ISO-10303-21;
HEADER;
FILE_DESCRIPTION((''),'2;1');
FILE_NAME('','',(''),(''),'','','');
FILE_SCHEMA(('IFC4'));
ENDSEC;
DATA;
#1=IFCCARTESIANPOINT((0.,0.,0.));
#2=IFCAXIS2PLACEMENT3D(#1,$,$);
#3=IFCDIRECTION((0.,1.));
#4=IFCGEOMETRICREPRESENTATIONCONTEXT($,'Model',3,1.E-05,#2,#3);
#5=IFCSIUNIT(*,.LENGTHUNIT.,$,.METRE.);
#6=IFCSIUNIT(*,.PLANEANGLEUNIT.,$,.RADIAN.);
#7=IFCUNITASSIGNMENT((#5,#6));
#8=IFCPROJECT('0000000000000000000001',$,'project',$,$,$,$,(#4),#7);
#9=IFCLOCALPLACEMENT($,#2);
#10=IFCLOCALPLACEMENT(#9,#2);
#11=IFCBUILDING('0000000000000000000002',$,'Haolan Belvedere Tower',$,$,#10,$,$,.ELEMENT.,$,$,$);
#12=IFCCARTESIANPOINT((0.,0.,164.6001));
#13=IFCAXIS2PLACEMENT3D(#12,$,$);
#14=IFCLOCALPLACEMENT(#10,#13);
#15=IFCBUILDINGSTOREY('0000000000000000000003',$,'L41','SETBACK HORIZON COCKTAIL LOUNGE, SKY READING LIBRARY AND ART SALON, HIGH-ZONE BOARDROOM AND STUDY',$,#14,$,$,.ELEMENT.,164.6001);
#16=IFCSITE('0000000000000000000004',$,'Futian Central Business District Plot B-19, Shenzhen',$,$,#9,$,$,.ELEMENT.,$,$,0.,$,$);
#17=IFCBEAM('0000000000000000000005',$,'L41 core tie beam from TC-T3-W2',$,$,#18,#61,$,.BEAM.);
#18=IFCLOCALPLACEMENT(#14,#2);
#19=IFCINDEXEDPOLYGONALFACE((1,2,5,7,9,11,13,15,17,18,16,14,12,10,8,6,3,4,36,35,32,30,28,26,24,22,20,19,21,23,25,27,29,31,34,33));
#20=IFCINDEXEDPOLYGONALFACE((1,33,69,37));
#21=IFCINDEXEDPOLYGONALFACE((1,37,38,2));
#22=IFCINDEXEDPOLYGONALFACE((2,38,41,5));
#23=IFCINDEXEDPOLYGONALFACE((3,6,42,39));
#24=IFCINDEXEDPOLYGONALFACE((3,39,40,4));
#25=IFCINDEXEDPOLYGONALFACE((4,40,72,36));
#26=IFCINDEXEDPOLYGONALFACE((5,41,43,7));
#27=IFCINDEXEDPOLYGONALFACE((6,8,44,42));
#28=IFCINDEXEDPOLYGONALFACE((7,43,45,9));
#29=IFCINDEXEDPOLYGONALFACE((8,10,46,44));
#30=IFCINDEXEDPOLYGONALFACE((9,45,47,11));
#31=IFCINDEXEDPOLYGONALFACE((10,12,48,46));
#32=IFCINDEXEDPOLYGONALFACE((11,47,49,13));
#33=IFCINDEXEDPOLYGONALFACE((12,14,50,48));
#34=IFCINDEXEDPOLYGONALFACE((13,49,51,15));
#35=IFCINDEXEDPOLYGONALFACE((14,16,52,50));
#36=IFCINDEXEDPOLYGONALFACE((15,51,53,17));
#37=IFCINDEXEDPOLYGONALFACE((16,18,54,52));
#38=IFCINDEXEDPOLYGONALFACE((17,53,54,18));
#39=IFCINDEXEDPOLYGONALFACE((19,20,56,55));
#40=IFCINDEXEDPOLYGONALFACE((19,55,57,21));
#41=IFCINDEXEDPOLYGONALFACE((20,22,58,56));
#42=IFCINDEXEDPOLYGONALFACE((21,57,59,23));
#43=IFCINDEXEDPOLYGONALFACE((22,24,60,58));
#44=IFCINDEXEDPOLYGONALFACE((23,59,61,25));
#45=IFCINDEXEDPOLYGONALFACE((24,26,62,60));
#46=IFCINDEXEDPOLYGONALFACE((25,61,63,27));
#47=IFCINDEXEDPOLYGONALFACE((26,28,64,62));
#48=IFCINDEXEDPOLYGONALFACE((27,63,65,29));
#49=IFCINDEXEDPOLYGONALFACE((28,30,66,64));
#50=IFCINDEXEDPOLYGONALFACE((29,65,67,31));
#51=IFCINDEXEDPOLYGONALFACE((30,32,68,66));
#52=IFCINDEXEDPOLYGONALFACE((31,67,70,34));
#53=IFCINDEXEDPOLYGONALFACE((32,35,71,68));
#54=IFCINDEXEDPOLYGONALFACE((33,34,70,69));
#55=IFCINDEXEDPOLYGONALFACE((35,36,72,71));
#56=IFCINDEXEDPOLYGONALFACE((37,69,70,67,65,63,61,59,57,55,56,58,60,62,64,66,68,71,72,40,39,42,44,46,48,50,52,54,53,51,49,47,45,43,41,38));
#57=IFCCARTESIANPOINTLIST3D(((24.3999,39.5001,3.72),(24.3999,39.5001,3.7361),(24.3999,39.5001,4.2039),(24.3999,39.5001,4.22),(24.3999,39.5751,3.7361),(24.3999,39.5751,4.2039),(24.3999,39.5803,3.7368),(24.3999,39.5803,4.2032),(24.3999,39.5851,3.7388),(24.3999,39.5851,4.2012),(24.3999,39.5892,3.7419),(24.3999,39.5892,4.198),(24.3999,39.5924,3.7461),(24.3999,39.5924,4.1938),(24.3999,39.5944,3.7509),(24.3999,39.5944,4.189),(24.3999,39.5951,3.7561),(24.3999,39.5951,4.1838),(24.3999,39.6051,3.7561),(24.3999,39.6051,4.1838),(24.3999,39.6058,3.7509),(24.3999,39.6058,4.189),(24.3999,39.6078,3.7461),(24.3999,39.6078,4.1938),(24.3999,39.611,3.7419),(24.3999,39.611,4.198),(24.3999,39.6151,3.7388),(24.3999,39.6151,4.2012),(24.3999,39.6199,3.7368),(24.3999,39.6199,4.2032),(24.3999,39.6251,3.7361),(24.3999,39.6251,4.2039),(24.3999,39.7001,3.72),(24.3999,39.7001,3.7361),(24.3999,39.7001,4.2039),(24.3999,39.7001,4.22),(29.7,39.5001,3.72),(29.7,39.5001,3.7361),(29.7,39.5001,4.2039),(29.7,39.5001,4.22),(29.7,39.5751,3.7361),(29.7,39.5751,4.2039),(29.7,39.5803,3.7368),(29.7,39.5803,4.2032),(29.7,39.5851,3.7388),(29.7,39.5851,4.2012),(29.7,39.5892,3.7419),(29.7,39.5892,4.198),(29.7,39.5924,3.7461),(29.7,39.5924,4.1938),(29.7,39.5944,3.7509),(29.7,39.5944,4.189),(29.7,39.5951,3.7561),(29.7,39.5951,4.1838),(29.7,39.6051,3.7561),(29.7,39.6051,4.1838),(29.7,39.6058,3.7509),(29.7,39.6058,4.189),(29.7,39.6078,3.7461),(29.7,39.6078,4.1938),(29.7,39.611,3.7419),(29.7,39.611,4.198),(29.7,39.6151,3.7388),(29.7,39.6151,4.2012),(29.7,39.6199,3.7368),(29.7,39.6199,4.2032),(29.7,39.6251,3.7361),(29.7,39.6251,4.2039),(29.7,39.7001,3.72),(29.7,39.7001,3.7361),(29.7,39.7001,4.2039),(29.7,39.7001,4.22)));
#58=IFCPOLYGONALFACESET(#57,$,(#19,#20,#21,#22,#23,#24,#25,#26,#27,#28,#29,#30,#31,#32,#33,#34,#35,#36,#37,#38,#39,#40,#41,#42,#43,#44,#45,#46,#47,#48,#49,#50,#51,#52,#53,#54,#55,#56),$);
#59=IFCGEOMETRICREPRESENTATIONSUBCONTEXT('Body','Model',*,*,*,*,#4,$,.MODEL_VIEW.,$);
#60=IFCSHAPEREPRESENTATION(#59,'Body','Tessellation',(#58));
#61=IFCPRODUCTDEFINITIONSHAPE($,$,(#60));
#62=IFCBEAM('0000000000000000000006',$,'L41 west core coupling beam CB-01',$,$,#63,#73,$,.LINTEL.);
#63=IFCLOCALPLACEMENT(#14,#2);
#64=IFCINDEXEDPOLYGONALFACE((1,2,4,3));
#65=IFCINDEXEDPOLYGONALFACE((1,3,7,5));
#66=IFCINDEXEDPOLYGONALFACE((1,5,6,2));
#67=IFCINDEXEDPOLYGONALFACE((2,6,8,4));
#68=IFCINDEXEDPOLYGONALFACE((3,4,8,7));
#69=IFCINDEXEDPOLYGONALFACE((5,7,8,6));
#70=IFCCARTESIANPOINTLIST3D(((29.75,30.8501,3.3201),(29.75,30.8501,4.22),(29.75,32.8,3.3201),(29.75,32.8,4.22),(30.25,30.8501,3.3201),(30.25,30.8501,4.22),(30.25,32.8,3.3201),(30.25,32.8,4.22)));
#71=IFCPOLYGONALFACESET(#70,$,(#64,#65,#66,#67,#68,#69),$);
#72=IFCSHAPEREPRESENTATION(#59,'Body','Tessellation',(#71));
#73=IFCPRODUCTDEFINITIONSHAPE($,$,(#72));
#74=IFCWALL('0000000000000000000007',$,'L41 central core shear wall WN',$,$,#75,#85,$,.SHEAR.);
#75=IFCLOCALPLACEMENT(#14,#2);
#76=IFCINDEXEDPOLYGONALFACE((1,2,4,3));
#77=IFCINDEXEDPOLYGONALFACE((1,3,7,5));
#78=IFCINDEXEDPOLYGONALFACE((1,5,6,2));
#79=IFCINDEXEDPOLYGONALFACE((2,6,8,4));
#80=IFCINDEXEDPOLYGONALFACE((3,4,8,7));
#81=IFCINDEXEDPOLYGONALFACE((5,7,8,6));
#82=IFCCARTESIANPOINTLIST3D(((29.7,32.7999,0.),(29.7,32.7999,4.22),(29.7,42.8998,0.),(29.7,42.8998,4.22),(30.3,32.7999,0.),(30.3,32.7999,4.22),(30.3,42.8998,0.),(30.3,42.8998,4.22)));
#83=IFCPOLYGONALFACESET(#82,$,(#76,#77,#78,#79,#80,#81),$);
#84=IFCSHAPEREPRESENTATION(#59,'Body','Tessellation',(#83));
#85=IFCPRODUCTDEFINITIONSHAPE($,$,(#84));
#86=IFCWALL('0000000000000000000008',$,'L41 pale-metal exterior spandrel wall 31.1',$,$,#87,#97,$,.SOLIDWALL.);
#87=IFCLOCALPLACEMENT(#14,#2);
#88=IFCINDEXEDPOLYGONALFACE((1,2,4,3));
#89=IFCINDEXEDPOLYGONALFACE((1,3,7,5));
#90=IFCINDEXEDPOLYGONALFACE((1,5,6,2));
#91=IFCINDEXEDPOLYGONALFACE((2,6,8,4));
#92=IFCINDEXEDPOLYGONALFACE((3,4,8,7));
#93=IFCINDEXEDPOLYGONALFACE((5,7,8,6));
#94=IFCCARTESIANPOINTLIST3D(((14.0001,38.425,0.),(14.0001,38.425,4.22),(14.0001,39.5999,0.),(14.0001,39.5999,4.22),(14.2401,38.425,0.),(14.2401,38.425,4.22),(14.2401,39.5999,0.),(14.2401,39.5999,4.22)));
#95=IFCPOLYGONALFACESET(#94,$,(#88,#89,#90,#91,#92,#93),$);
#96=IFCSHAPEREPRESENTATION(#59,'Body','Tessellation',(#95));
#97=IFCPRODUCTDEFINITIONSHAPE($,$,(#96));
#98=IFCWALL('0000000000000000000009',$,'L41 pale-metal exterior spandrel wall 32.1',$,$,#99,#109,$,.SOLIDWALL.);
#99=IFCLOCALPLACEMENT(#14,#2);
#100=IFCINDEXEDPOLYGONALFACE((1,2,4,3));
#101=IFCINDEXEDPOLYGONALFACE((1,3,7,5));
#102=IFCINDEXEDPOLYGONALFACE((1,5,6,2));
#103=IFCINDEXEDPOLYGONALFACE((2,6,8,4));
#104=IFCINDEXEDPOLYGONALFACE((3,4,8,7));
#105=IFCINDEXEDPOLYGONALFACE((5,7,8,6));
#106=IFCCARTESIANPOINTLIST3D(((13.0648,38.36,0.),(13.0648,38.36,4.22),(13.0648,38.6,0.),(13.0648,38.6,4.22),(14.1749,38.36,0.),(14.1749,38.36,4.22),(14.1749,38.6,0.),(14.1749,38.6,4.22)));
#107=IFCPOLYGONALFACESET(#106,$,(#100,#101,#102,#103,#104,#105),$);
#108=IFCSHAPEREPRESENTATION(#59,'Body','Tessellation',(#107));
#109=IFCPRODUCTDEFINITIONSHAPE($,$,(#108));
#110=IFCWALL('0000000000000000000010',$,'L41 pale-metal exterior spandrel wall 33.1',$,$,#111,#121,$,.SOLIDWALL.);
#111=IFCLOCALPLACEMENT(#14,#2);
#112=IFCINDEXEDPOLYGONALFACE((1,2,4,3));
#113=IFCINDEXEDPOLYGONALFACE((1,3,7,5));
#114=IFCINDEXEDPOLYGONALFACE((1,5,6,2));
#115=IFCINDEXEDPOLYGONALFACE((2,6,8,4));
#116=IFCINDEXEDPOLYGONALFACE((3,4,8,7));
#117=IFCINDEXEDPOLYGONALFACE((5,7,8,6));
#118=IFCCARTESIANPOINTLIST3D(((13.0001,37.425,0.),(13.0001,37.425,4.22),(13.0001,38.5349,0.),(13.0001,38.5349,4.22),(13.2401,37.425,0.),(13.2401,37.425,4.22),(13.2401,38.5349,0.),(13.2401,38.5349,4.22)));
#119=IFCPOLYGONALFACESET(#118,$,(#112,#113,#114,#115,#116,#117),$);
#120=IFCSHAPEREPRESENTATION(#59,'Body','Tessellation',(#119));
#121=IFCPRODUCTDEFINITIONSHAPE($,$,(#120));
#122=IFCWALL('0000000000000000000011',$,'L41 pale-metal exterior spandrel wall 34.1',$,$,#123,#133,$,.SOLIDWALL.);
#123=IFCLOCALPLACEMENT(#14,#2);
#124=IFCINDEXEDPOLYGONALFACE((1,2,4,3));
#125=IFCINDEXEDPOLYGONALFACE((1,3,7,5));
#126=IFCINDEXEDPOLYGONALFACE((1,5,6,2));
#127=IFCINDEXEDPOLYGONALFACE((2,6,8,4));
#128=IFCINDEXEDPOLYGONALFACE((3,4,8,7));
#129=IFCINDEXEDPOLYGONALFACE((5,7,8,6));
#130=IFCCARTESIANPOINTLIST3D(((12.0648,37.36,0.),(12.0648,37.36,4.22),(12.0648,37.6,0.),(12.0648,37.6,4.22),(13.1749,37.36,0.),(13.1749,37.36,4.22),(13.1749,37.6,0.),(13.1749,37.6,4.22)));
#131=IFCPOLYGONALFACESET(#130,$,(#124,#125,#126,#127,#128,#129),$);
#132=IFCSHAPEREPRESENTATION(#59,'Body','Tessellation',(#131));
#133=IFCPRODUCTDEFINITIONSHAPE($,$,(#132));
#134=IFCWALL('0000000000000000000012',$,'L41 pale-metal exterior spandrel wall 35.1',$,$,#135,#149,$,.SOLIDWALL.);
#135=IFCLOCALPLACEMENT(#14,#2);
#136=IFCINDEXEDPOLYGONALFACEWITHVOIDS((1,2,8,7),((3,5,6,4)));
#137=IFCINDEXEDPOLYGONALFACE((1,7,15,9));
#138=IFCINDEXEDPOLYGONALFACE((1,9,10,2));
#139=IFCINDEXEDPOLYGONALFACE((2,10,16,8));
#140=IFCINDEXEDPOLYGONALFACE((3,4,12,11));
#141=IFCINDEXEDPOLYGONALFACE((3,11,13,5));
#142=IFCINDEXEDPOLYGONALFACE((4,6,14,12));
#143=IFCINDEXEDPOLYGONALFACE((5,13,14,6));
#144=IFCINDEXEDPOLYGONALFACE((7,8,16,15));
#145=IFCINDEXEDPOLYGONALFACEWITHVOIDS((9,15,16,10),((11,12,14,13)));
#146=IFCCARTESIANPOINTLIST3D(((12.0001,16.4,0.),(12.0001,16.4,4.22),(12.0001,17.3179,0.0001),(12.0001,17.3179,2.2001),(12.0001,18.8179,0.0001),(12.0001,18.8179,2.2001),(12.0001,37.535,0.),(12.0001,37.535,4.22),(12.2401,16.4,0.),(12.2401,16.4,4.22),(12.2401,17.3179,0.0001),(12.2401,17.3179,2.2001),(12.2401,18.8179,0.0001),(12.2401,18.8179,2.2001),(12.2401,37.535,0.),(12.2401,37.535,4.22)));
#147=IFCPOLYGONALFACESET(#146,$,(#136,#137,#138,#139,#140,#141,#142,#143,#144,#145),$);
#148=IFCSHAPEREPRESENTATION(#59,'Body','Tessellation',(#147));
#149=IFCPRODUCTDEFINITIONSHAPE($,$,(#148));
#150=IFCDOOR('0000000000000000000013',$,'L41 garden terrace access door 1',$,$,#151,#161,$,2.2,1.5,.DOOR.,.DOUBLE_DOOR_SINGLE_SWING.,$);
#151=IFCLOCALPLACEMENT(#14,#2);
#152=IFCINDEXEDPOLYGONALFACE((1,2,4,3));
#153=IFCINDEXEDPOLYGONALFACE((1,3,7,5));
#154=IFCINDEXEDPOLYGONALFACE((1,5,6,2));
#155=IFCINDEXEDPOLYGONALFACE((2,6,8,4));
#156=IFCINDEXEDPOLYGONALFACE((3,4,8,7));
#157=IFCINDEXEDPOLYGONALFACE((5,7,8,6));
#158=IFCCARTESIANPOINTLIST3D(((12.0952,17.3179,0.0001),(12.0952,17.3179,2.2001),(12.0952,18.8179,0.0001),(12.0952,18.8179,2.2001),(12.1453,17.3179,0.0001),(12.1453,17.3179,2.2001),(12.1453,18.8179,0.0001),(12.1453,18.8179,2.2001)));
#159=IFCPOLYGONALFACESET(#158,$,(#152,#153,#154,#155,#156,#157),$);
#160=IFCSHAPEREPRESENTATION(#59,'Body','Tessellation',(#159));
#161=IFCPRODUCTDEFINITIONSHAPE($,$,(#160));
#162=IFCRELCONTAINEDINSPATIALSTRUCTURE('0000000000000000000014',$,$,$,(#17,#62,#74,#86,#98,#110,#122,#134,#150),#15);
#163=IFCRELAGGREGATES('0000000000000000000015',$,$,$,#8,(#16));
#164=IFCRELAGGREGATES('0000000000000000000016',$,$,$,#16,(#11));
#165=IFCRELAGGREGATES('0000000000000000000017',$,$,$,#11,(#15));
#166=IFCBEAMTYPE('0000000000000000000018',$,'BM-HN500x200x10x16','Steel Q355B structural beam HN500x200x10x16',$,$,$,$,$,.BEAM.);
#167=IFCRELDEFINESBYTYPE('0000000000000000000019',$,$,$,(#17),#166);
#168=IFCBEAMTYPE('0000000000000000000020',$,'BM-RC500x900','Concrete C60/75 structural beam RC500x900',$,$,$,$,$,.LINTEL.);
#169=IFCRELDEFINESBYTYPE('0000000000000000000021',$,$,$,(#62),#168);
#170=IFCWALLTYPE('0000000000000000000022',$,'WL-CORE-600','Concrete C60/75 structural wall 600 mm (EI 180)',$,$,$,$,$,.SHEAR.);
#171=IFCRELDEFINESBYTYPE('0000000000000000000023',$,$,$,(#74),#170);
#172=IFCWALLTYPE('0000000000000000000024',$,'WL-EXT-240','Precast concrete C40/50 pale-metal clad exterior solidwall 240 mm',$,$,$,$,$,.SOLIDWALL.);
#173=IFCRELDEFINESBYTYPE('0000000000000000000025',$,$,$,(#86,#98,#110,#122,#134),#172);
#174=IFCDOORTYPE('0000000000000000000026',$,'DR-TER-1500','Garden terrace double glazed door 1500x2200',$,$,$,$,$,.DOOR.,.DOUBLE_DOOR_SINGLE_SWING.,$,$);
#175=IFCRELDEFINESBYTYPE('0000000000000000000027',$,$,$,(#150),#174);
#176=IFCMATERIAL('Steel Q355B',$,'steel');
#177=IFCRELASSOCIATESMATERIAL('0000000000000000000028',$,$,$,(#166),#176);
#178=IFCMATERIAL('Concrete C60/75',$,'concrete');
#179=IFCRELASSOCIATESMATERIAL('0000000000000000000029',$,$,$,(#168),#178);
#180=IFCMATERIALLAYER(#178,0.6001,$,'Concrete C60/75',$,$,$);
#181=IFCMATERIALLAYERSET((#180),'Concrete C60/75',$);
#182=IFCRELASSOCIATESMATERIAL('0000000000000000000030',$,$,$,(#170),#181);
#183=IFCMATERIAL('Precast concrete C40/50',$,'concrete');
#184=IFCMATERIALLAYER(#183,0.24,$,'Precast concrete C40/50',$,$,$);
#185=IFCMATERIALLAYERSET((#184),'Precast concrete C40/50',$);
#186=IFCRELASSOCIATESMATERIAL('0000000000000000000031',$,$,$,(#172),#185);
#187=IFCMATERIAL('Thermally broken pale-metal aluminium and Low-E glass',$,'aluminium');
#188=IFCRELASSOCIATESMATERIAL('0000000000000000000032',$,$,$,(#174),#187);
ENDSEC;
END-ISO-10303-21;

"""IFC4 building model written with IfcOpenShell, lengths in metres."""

from ifc_helpers import new_model, si_unit, direction, frame, frame_2d, origin, origin_2d, place, context, subcontext, project, spatial, rectangle, i_section, extrude, material, layer, layer_set, material_profile, profile_set, type_object, element, fill, save


model = new_model("IFC4")

# Units and contexts
model_context = context("Model", 3, precision=1e-05, world=origin(), true_north=direction((0.0, 1.0)))
body_context = subcontext(model_context, "Body", "Model", "MODEL_VIEW")
ifc_project = project(units=[si_unit("LENGTHUNIT", "METRE"), si_unit("PLANEANGLEUNIT", "RADIAN")], contexts=[model_context])

# Site, building, storey
site_placement = place(None, origin())
site = spatial("IfcSite", under=ifc_project, at=site_placement, Name="Futian Central Business District Plot B-19, Shenzhen", CompositionType="ELEMENT", RefElevation=0.0)
building_placement = place(site_placement, origin())
building = spatial("IfcBuilding", under=site, at=building_placement, Name="Haolan Belvedere Tower", CompositionType="ELEMENT")
storey_placement = place(building_placement, frame((0.0, 0.0, 164.6001)))
storey = spatial("IfcBuildingStorey", under=building, at=storey_placement, Name="L41", Description="SETBACK HORIZON COCKTAIL LOUNGE, SKY READING LIBRARY AND ART SALON, HIGH-ZONE BOARDROOM AND STUDY", CompositionType="ELEMENT", Elevation=164.6001)

# Beams
ifc_material_1 = material(Name="Steel Q355B", Category="steel")
ifc_material_profile_1 = material_profile(ifc_material_1, i_section(OverallWidth=0.2, OverallDepth=0.5, WebThickness=0.01, FlangeThickness=0.0161, FilletRadius=0.02, at=origin_2d()), Name="Steel Q355B")
ifc_profile_set_1 = profile_set([ifc_material_profile_1], Name="Steel Q355B")
beam_type_1 = type_object("IfcBeamType", Name="BM-HN500x200x10x16", Description="Steel Q355B structural beam HN500x200x10x16", PredefinedType="BEAM", material=ifc_profile_set_1)
beam_1_placement = place(storey_placement, frame((24.3999, 39.6001, 3.97), z_axis=(1.0, 0.0, 0.0), x_axis=(0.0, 1.0, 0.0)))
element("IfcBeam", 1, at=beam_1_placement, inside=storey, type_object=beam_type_1, Name="L41 core tie beam from TC-T3-W2", PredefinedType="BEAM", context=body_context, shape_type="SweptSolid", body=[
    extrude(i_section(OverallWidth=0.2, OverallDepth=0.5, WebThickness=0.01, FlangeThickness=0.0161, FilletRadius=0.02, at=origin_2d()), origin(), (0.0, 0.0, 1.0), 5.3),
])
ifc_material_2 = material(Name="Concrete C60/75", Category="concrete")
ifc_material_profile_2 = material_profile(ifc_material_2, rectangle(XDim=0.5, YDim=0.8999, at=origin_2d()), Name="Concrete C60/75")
ifc_profile_set_2 = profile_set([ifc_material_profile_2], Name="Concrete C60/75")
beam_type_2 = type_object("IfcBeamType", Name="BM-RC500x900", Description="Concrete C60/75 structural beam RC500x900", PredefinedType="LINTEL", material=ifc_profile_set_2)
beam_2_placement = place(storey_placement, frame((30.0, 30.8501, 3.77), z_axis=(0.0, 1.0, 0.0), x_axis=(-1.0, 0.0, 0.0)))
element("IfcBeam", 2, at=beam_2_placement, inside=storey, type_object=beam_type_2, Name="L41 west core coupling beam CB-01", PredefinedType="LINTEL", context=body_context, shape_type="SweptSolid", body=[
    extrude(rectangle(XDim=0.5, YDim=0.8999, at=origin_2d()), origin(), (0.0, 0.0, 1.0), 1.95),
])

# Walls
ifc_layer_1 = layer(ifc_material_2, 0.6001, Name="Concrete C60/75")
ifc_layer_set_1 = layer_set([ifc_layer_1], Name="Concrete C60/75")
wall_type_1 = type_object("IfcWallType", Name="WL-CORE-600", Description="Concrete C60/75 structural wall 600 mm (EI 180)", PredefinedType="SHEAR", material=ifc_layer_set_1)
wall_1_placement = place(storey_placement, frame((30.0, 32.8, 0.0), z_axis=(0.0, 0.0, 1.0), x_axis=(0.0, 1.0, 0.0)))
element("IfcWall", 3, at=wall_1_placement, inside=storey, type_object=wall_type_1, Name="L41 central core shear wall WN", PredefinedType="SHEAR", context=body_context, shape_type="SweptSolid", body=[
    extrude(rectangle(XDim=10.0999, YDim=0.6001, at=frame_2d((5.0498, 0.0))), origin(), (0.0, 0.0, 1.0), 4.22),
])
ifc_material_3 = material(Name="Precast concrete C40/50", Category="concrete")
ifc_layer_2 = layer(ifc_material_3, 0.24, Name="Precast concrete C40/50")
ifc_layer_set_2 = layer_set([ifc_layer_2], Name="Precast concrete C40/50")
wall_type_2 = type_object("IfcWallType", Name="WL-EXT-240", Description="Precast concrete C40/50 pale-metal clad exterior solidwall 240 mm", PredefinedType="SOLIDWALL", material=ifc_layer_set_2)
wall_2_placement = place(storey_placement, frame((14.1201, 39.5999, 0.0), z_axis=(0.0, 0.0, 1.0), x_axis=(0.0, -1.0, 0.0)))
element("IfcWall", 4, at=wall_2_placement, inside=storey, type_object=wall_type_2, Name="L41 pale-metal exterior spandrel wall 31.1", PredefinedType="SOLIDWALL", context=body_context, shape_type="SweptSolid", body=[
    extrude(rectangle(XDim=1.1748, YDim=0.24, at=frame_2d((0.5874, 0.0))), origin(), (0.0, 0.0, 1.0), 4.22),
])
wall_3_placement = place(storey_placement, frame((14.175, 38.48, 0.0), z_axis=(0.0, 0.0, 1.0), x_axis=(-1.0, 0.0, 0.0)))
element("IfcWall", 5, at=wall_3_placement, inside=storey, type_object=wall_type_2, Name="L41 pale-metal exterior spandrel wall 32.1", PredefinedType="SOLIDWALL", context=body_context, shape_type="SweptSolid", body=[
    extrude(rectangle(XDim=1.1101, YDim=0.24, at=frame_2d((0.5552, 0.0))), origin(), (0.0, 0.0, 1.0), 4.22),
])
wall_4_placement = place(storey_placement, frame((13.1201, 38.5349, 0.0), z_axis=(0.0, 0.0, 1.0), x_axis=(0.0, -1.0, 0.0)))
element("IfcWall", 6, at=wall_4_placement, inside=storey, type_object=wall_type_2, Name="L41 pale-metal exterior spandrel wall 33.1", PredefinedType="SOLIDWALL", context=body_context, shape_type="SweptSolid", body=[
    extrude(rectangle(XDim=1.1099, YDim=0.24, at=frame_2d((0.5549, 0.0))), origin(), (0.0, 0.0, 1.0), 4.22),
])
wall_5_placement = place(storey_placement, frame((13.175, 37.48, 0.0), z_axis=(0.0, 0.0, 1.0), x_axis=(-1.0, 0.0, 0.0)))
element("IfcWall", 7, at=wall_5_placement, inside=storey, type_object=wall_type_2, Name="L41 pale-metal exterior spandrel wall 34.1", PredefinedType="SOLIDWALL", context=body_context, shape_type="SweptSolid", body=[
    extrude(rectangle(XDim=1.1101, YDim=0.24, at=frame_2d((0.5552, 0.0))), origin(), (0.0, 0.0, 1.0), 4.22),
])

# Wall, opening, door
wall_6_placement = place(storey_placement, frame((12.1201, 37.5349, 0.0), z_axis=(0.0, 0.0, 1.0), x_axis=(0.0, -1.0, 0.0)))
wall_6 = element("IfcWall", 8, at=wall_6_placement, inside=storey, type_object=wall_type_2, Name="L41 pale-metal exterior spandrel wall 35.1", PredefinedType="SOLIDWALL", context=body_context, shape_type="SweptSolid", body=[
    extrude(rectangle(XDim=21.135, YDim=0.24, at=frame_2d((10.5674, 0.0))), origin(), (0.0, 0.0, 1.0), 4.22),
])
opening_1_placement = place(wall_6_placement, frame((20.217, 0.0, 0.0), z_axis=(0.0, 0.0, 1.0), x_axis=(-1.0, 0.0, 0.0)))
opening_1 = element("IfcOpeningElement", 9, at=opening_1_placement, cuts=wall_6, PredefinedType="OPENING", context=body_context, shape_type="SweptSolid", body=[
    extrude(rectangle(XDim=1.5, YDim=2.2, at=frame_2d((0.75, 1.1001))), frame((0.0, 0.1299, 0.0), z_axis=(0.0, -1.0, 0.0), x_axis=(1.0, 0.0, 0.0)), (0.0, 0.0, 1.0), 0.26),
])
ifc_material_4 = material(Name="Thermally broken pale-metal aluminium and Low-E glass", Category="aluminium")
door_type_1 = type_object("IfcDoorType", Name="DR-TER-1500", Description="Garden terrace double glazed door 1500x2200", OperationType="DOUBLE_DOOR_SINGLE_SWING", PredefinedType="DOOR", material=ifc_material_4)
door_1_placement = place(opening_1_placement, origin())
door_1 = element("IfcDoor", 10, at=door_1_placement, inside=storey, type_object=door_type_1, Name="L41 garden terrace access door 1", OperationType="DOUBLE_DOOR_SINGLE_SWING", OverallHeight=2.2, OverallWidth=1.5, PredefinedType="DOOR", context=body_context, shape_type="SweptSolid", body=[
    extrude(rectangle(XDim=1.5, YDim=2.2, at=frame_2d((0.75, 1.1001))), frame((0.0, 0.0249, 0.0), z_axis=(0.0, -1.0, 0.0), x_axis=(1.0, 0.0, 0.0)), (0.0, 0.0, 1.0), 0.05),
])
fill(opening_1, door_1)

save(model, "model.ifc")
